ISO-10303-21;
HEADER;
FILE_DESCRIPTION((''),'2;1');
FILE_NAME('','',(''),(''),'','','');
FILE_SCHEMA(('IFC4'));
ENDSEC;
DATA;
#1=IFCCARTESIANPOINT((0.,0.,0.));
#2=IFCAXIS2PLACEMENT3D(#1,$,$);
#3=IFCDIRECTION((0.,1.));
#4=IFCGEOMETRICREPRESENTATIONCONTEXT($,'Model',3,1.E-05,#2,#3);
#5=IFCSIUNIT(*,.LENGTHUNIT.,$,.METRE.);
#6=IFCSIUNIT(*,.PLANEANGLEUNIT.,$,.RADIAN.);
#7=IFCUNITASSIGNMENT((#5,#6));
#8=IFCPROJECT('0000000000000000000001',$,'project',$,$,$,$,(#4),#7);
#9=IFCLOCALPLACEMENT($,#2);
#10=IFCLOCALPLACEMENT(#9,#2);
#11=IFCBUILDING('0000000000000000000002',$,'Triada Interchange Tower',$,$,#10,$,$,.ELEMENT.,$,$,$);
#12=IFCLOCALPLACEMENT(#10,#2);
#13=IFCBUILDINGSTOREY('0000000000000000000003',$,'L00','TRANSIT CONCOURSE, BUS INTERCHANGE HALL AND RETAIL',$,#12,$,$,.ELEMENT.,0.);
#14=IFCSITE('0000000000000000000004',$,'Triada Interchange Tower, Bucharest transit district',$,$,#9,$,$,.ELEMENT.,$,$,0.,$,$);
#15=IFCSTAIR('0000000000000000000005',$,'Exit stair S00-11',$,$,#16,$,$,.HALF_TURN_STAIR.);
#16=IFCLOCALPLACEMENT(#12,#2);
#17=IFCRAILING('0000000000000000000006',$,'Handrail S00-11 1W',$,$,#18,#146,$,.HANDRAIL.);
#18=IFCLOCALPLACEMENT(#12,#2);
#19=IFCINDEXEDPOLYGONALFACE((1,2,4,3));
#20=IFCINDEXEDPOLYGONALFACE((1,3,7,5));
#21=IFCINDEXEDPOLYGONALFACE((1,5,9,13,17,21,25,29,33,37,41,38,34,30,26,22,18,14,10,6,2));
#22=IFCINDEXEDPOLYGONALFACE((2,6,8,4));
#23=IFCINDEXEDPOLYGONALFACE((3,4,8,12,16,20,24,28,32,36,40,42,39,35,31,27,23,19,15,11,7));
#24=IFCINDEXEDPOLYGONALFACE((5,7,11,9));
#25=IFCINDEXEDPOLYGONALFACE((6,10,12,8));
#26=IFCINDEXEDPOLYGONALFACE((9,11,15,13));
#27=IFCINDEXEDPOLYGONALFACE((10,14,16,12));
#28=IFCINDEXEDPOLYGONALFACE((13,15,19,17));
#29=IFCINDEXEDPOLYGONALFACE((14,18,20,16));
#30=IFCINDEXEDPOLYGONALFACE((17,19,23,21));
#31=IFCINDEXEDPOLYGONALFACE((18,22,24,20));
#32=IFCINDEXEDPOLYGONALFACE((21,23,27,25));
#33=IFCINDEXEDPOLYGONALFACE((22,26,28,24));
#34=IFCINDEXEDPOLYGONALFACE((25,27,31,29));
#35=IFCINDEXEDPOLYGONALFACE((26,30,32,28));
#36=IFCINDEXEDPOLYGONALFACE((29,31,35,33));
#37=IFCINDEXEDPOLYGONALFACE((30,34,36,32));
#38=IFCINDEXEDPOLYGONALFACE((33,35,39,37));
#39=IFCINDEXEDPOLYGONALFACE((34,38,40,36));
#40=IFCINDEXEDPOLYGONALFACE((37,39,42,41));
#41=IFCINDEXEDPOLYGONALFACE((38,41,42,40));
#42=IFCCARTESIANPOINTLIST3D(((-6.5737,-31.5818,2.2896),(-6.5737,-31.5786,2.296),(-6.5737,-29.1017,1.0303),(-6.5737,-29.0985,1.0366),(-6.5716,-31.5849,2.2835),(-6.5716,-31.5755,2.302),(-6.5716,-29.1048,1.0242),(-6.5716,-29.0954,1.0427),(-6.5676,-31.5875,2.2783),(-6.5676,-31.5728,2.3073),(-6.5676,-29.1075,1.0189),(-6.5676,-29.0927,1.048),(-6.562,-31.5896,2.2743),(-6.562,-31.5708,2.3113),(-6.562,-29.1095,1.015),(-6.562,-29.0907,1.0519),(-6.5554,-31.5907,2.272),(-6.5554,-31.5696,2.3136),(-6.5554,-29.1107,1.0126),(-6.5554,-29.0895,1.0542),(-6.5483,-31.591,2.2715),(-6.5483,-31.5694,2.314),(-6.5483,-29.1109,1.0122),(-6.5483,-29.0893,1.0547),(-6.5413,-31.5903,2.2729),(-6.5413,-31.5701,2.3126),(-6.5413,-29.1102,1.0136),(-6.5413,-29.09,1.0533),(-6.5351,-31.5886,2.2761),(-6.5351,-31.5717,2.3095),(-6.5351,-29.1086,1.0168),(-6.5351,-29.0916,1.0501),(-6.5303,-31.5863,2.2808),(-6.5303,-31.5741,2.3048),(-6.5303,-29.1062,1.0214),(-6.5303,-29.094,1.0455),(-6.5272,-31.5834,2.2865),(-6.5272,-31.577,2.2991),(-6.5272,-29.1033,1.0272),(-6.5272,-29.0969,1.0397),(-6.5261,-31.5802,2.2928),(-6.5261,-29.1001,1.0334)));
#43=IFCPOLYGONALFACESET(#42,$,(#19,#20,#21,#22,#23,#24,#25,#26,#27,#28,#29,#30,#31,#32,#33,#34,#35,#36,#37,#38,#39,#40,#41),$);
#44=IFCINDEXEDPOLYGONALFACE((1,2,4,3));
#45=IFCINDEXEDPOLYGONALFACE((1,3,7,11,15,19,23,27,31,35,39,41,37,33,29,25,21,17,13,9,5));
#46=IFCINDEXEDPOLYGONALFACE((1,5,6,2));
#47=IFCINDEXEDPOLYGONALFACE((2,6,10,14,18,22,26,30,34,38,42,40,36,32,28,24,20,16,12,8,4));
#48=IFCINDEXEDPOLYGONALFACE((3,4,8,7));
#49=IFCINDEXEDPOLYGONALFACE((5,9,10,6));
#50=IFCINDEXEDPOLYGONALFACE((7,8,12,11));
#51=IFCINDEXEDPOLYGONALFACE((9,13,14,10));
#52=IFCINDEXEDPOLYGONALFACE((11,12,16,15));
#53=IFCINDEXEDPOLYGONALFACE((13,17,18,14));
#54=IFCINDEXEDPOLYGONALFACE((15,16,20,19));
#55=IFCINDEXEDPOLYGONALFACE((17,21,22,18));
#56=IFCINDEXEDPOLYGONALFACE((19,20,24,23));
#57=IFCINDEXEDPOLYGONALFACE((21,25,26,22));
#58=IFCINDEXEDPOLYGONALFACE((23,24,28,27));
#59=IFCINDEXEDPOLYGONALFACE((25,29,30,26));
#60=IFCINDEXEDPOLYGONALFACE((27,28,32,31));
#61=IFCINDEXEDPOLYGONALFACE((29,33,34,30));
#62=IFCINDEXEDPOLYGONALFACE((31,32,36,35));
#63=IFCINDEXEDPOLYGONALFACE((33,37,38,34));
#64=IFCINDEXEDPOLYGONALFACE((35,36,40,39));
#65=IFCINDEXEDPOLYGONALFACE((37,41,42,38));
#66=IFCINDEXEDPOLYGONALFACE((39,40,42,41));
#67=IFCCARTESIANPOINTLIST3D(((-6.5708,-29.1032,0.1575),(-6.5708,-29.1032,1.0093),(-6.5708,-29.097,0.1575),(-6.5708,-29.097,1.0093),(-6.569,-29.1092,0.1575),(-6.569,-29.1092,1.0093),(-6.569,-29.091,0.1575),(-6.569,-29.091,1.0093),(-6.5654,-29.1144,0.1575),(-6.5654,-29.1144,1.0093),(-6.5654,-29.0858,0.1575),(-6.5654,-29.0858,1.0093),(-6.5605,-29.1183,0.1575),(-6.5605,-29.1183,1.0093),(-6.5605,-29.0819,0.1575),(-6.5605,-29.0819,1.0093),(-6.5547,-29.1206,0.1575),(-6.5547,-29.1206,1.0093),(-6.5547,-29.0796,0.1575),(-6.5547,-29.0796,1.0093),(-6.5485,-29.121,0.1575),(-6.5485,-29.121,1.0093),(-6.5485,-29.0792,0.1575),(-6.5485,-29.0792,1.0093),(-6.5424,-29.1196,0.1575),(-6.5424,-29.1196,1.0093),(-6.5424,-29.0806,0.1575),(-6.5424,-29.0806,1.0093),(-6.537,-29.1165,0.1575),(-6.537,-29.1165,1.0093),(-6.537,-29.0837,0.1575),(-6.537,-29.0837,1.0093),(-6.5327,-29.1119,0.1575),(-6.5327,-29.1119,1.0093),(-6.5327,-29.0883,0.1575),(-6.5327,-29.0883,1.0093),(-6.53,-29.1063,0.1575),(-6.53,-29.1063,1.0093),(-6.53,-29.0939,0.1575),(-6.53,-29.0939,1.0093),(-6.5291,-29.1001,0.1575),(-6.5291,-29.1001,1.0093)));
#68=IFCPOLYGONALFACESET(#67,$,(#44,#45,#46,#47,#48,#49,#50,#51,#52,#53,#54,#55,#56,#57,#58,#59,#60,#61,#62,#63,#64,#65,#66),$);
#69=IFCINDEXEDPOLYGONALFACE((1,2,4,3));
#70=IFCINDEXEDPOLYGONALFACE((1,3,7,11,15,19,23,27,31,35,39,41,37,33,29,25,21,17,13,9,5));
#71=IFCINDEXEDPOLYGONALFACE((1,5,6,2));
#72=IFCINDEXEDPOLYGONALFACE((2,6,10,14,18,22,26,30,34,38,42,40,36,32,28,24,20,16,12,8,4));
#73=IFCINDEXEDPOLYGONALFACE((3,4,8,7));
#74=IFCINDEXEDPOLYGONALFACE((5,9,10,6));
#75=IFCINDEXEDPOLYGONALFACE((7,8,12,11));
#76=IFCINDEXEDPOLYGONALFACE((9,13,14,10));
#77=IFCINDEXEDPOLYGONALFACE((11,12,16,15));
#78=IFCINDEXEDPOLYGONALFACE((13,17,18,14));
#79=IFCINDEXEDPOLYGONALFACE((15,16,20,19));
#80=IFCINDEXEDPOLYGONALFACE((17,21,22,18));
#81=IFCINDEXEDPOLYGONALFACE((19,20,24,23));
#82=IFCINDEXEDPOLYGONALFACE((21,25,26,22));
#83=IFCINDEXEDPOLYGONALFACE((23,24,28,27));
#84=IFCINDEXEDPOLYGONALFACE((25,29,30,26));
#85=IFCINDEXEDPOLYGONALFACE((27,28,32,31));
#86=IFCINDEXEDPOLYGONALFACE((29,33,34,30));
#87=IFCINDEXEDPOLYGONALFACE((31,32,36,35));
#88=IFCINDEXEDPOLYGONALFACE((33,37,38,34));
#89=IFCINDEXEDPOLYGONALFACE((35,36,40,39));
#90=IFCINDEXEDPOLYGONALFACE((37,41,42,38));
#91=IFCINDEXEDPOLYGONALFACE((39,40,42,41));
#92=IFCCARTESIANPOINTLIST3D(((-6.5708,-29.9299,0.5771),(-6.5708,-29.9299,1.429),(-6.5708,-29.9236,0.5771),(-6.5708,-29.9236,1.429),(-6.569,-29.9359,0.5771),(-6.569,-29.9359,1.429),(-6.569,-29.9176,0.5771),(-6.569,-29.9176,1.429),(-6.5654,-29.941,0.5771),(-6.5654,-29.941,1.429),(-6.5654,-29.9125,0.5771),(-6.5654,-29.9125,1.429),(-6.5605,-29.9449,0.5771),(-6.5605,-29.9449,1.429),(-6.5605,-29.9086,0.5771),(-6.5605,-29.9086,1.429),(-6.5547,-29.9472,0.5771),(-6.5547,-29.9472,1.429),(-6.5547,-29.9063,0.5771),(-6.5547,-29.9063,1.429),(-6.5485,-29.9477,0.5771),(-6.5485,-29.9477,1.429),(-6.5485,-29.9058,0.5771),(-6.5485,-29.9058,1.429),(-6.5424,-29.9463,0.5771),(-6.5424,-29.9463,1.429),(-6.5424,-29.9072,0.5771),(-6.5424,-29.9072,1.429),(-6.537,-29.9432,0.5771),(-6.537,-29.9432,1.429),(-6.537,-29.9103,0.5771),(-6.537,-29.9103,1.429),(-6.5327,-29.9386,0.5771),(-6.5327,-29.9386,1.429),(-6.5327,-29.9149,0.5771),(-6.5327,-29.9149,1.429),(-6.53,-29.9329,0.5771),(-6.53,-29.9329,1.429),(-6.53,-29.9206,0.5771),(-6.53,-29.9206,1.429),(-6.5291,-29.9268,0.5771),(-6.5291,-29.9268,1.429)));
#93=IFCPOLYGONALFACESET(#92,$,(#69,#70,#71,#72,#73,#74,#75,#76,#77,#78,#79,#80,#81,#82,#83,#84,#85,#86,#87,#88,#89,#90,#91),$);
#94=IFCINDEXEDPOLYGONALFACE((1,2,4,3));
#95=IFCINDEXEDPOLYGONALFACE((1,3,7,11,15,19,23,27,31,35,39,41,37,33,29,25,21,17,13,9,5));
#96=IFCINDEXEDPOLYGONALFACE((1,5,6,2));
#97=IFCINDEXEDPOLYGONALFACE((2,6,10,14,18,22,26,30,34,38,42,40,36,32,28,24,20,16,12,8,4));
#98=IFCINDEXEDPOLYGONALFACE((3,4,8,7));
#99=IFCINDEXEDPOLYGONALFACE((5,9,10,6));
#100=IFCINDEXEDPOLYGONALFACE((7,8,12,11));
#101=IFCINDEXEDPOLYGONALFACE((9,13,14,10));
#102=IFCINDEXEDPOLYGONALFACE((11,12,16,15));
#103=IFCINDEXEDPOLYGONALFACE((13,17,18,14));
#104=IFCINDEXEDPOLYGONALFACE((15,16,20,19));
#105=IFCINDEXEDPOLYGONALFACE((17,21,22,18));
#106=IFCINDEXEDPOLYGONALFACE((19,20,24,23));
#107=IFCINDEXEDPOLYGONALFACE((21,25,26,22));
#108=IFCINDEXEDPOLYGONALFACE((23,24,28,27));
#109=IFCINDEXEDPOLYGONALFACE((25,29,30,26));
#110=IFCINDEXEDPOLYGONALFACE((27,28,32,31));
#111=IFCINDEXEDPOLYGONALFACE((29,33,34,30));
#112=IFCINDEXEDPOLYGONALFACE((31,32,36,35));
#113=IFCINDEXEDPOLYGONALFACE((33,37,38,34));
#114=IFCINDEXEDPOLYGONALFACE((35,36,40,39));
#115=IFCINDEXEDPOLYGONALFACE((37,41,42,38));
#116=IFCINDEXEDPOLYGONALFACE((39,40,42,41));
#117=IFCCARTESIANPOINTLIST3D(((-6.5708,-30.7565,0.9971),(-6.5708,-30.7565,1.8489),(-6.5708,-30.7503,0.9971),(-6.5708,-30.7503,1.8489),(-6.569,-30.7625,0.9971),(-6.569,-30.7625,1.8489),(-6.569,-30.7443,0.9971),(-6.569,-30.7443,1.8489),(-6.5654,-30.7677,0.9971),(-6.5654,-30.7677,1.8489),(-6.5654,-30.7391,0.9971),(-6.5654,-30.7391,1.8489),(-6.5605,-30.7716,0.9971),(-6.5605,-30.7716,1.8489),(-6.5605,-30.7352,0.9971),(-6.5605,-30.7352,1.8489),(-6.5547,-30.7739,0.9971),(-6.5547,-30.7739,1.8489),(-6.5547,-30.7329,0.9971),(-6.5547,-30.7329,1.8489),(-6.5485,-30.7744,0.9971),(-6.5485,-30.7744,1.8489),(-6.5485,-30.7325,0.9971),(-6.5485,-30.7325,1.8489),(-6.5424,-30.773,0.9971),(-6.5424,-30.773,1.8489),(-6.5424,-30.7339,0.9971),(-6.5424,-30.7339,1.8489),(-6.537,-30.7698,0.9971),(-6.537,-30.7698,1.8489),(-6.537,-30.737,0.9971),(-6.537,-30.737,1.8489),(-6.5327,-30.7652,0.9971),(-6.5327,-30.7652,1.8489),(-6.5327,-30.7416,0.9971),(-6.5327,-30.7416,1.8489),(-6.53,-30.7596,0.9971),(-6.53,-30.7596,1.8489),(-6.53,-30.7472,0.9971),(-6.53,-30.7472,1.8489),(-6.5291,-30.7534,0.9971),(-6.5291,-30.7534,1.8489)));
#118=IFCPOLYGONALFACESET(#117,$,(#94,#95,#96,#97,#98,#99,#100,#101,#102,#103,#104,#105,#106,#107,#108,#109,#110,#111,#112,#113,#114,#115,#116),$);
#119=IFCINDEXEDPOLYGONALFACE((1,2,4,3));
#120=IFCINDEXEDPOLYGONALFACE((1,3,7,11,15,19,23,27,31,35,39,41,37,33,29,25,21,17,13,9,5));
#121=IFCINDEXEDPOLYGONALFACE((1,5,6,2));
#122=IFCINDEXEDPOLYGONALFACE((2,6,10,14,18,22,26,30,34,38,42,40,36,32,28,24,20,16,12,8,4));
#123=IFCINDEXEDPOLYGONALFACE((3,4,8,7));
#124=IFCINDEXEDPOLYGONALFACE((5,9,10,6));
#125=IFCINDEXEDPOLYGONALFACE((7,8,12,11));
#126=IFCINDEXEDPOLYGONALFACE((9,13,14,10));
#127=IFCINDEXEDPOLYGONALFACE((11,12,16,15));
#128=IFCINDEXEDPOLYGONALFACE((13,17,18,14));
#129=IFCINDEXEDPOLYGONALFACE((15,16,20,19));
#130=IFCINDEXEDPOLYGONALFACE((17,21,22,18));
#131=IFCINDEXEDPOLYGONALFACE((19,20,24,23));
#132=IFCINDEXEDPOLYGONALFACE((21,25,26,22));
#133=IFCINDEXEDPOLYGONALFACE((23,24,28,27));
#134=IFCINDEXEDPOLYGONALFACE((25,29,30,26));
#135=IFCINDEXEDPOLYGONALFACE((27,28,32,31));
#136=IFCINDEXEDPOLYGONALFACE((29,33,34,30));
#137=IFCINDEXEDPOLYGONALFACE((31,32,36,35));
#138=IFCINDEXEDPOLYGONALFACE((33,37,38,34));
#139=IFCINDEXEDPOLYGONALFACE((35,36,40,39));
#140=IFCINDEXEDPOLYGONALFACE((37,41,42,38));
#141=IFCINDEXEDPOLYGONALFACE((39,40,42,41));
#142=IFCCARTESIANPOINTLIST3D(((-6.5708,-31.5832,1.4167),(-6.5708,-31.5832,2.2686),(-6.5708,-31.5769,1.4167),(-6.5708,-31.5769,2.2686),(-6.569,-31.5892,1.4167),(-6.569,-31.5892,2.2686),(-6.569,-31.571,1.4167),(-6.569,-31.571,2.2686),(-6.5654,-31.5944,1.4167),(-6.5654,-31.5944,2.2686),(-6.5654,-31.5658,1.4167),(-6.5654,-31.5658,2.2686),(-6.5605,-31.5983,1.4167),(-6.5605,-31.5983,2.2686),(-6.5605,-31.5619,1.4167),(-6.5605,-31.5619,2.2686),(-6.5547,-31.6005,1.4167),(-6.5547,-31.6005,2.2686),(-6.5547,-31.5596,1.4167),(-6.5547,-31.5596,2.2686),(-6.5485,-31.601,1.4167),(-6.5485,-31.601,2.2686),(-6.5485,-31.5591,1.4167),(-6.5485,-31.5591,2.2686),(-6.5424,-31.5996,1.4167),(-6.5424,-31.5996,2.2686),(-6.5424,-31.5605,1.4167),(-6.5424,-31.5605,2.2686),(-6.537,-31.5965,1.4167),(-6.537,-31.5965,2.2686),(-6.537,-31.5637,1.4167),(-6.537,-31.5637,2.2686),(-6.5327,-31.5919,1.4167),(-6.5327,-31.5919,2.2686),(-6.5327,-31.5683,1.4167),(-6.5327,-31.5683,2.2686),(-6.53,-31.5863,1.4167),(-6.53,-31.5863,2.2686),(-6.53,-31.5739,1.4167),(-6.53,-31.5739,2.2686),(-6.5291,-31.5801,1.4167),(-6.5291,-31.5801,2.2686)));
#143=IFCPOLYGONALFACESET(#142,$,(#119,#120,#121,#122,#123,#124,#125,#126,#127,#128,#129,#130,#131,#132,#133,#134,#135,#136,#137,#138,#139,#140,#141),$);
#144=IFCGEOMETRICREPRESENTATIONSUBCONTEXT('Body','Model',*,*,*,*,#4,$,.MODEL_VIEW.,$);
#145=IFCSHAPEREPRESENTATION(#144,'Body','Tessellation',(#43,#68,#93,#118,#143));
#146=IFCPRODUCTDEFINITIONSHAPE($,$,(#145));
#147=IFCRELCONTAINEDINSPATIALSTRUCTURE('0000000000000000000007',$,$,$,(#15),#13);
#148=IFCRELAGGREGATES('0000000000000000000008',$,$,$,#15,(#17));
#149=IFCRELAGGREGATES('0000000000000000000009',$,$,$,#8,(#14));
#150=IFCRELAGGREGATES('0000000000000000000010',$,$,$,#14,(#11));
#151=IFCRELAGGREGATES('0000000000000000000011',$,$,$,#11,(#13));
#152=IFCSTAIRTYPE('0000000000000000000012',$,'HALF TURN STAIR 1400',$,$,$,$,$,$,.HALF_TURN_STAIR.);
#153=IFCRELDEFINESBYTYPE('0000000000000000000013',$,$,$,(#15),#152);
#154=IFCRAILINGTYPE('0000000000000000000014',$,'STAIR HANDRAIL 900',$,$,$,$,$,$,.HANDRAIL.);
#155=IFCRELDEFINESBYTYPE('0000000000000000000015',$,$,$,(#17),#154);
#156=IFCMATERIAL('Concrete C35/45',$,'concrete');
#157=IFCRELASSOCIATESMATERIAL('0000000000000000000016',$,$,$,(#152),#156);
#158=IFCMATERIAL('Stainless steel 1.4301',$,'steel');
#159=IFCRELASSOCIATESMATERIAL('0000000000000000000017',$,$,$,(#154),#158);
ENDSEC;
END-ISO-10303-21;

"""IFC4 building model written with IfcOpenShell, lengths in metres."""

from ifc_helpers import new_model, si_unit, direction, frame, origin, origin_2d, place, context, subcontext, project, spatial, circle, extrude, material, type_object, element, aggregate, save


model = new_model("IFC4")

# Units and contexts
model_context = context("Model", 3, precision=1e-05, world=origin(), true_north=direction((0.0, 1.0)))
body_context = subcontext(model_context, "Body", "Model", "MODEL_VIEW")
ifc_project = project(units=[si_unit("LENGTHUNIT", "METRE"), si_unit("PLANEANGLEUNIT", "RADIAN")], contexts=[model_context])

# Site, building, storey
site_placement = place(None, origin())
site = spatial("IfcSite", under=ifc_project, at=site_placement, Name="Triada Interchange Tower, Bucharest transit district", CompositionType="ELEMENT", RefElevation=0.0)
building_placement = place(site_placement, origin())
building = spatial("IfcBuilding", under=site, at=building_placement, Name="Triada Interchange Tower", CompositionType="ELEMENT")
storey_placement = place(building_placement, origin())
storey = spatial("IfcBuildingStorey", under=building, at=storey_placement, Name="L00", Description="TRANSIT CONCOURSE, BUS INTERCHANGE HALL AND RETAIL", CompositionType="ELEMENT", Elevation=0.0)

# Shared definitions
ifc_material_1 = material(Name="Concrete C35/45", Category="concrete")

# Stair, railing
stair_type = type_object("IfcStairType", Name="HALF TURN STAIR 1400", PredefinedType="HALF_TURN_STAIR", material=ifc_material_1)
stair_placement = place(storey_placement, origin())
stair = element("IfcStair", 1, at=stair_placement, inside=storey, type_object=stair_type, Name="Exit stair S00-11", PredefinedType="HALF_TURN_STAIR")
ifc_material_2 = material(Name="Stainless steel 1.4301", Category="steel")
railing_type_1 = type_object("IfcRailingType", Name="STAIR HANDRAIL 900", PredefinedType="HANDRAIL", material=ifc_material_2)
railing_1_placement = place(storey_placement, frame((-6.55, -29.1001, 0.1575)))
railing_1 = element("IfcRailing", 2, at=railing_1_placement, type_object=railing_type_1, Name="Handrail S00-11 1W", PredefinedType="HANDRAIL", context=body_context, shape_type="SweptSolid", body=[
    extrude(circle(Radius=0.0239, at=origin_2d()), frame((0.0, 0.0, 0.876), z_axis=(0.0, -0.891636, 0.452752), x_axis=(1.0, 0.0, 0.0)), (0.0, 0.0, 1.0), 2.7815),
    extrude(circle(Radius=0.021, at=origin_2d()), origin(), (0.0, 0.0, 1.0), 0.8518),
    extrude(circle(Radius=0.021, at=origin_2d()), frame((0.0, -0.8267, 0.4197)), (0.0, 0.0, 1.0), 0.8518),
    extrude(circle(Radius=0.021, at=origin_2d()), frame((0.0, -1.6533, 0.8396)), (0.0, 0.0, 1.0), 0.8518),
    extrude(circle(Radius=0.021, at=origin_2d()), frame((0.0, -2.48, 1.2593)), (0.0, 0.0, 1.0), 0.8518),
])
aggregate(stair, [railing_1])

save(model, "model.ifc")
